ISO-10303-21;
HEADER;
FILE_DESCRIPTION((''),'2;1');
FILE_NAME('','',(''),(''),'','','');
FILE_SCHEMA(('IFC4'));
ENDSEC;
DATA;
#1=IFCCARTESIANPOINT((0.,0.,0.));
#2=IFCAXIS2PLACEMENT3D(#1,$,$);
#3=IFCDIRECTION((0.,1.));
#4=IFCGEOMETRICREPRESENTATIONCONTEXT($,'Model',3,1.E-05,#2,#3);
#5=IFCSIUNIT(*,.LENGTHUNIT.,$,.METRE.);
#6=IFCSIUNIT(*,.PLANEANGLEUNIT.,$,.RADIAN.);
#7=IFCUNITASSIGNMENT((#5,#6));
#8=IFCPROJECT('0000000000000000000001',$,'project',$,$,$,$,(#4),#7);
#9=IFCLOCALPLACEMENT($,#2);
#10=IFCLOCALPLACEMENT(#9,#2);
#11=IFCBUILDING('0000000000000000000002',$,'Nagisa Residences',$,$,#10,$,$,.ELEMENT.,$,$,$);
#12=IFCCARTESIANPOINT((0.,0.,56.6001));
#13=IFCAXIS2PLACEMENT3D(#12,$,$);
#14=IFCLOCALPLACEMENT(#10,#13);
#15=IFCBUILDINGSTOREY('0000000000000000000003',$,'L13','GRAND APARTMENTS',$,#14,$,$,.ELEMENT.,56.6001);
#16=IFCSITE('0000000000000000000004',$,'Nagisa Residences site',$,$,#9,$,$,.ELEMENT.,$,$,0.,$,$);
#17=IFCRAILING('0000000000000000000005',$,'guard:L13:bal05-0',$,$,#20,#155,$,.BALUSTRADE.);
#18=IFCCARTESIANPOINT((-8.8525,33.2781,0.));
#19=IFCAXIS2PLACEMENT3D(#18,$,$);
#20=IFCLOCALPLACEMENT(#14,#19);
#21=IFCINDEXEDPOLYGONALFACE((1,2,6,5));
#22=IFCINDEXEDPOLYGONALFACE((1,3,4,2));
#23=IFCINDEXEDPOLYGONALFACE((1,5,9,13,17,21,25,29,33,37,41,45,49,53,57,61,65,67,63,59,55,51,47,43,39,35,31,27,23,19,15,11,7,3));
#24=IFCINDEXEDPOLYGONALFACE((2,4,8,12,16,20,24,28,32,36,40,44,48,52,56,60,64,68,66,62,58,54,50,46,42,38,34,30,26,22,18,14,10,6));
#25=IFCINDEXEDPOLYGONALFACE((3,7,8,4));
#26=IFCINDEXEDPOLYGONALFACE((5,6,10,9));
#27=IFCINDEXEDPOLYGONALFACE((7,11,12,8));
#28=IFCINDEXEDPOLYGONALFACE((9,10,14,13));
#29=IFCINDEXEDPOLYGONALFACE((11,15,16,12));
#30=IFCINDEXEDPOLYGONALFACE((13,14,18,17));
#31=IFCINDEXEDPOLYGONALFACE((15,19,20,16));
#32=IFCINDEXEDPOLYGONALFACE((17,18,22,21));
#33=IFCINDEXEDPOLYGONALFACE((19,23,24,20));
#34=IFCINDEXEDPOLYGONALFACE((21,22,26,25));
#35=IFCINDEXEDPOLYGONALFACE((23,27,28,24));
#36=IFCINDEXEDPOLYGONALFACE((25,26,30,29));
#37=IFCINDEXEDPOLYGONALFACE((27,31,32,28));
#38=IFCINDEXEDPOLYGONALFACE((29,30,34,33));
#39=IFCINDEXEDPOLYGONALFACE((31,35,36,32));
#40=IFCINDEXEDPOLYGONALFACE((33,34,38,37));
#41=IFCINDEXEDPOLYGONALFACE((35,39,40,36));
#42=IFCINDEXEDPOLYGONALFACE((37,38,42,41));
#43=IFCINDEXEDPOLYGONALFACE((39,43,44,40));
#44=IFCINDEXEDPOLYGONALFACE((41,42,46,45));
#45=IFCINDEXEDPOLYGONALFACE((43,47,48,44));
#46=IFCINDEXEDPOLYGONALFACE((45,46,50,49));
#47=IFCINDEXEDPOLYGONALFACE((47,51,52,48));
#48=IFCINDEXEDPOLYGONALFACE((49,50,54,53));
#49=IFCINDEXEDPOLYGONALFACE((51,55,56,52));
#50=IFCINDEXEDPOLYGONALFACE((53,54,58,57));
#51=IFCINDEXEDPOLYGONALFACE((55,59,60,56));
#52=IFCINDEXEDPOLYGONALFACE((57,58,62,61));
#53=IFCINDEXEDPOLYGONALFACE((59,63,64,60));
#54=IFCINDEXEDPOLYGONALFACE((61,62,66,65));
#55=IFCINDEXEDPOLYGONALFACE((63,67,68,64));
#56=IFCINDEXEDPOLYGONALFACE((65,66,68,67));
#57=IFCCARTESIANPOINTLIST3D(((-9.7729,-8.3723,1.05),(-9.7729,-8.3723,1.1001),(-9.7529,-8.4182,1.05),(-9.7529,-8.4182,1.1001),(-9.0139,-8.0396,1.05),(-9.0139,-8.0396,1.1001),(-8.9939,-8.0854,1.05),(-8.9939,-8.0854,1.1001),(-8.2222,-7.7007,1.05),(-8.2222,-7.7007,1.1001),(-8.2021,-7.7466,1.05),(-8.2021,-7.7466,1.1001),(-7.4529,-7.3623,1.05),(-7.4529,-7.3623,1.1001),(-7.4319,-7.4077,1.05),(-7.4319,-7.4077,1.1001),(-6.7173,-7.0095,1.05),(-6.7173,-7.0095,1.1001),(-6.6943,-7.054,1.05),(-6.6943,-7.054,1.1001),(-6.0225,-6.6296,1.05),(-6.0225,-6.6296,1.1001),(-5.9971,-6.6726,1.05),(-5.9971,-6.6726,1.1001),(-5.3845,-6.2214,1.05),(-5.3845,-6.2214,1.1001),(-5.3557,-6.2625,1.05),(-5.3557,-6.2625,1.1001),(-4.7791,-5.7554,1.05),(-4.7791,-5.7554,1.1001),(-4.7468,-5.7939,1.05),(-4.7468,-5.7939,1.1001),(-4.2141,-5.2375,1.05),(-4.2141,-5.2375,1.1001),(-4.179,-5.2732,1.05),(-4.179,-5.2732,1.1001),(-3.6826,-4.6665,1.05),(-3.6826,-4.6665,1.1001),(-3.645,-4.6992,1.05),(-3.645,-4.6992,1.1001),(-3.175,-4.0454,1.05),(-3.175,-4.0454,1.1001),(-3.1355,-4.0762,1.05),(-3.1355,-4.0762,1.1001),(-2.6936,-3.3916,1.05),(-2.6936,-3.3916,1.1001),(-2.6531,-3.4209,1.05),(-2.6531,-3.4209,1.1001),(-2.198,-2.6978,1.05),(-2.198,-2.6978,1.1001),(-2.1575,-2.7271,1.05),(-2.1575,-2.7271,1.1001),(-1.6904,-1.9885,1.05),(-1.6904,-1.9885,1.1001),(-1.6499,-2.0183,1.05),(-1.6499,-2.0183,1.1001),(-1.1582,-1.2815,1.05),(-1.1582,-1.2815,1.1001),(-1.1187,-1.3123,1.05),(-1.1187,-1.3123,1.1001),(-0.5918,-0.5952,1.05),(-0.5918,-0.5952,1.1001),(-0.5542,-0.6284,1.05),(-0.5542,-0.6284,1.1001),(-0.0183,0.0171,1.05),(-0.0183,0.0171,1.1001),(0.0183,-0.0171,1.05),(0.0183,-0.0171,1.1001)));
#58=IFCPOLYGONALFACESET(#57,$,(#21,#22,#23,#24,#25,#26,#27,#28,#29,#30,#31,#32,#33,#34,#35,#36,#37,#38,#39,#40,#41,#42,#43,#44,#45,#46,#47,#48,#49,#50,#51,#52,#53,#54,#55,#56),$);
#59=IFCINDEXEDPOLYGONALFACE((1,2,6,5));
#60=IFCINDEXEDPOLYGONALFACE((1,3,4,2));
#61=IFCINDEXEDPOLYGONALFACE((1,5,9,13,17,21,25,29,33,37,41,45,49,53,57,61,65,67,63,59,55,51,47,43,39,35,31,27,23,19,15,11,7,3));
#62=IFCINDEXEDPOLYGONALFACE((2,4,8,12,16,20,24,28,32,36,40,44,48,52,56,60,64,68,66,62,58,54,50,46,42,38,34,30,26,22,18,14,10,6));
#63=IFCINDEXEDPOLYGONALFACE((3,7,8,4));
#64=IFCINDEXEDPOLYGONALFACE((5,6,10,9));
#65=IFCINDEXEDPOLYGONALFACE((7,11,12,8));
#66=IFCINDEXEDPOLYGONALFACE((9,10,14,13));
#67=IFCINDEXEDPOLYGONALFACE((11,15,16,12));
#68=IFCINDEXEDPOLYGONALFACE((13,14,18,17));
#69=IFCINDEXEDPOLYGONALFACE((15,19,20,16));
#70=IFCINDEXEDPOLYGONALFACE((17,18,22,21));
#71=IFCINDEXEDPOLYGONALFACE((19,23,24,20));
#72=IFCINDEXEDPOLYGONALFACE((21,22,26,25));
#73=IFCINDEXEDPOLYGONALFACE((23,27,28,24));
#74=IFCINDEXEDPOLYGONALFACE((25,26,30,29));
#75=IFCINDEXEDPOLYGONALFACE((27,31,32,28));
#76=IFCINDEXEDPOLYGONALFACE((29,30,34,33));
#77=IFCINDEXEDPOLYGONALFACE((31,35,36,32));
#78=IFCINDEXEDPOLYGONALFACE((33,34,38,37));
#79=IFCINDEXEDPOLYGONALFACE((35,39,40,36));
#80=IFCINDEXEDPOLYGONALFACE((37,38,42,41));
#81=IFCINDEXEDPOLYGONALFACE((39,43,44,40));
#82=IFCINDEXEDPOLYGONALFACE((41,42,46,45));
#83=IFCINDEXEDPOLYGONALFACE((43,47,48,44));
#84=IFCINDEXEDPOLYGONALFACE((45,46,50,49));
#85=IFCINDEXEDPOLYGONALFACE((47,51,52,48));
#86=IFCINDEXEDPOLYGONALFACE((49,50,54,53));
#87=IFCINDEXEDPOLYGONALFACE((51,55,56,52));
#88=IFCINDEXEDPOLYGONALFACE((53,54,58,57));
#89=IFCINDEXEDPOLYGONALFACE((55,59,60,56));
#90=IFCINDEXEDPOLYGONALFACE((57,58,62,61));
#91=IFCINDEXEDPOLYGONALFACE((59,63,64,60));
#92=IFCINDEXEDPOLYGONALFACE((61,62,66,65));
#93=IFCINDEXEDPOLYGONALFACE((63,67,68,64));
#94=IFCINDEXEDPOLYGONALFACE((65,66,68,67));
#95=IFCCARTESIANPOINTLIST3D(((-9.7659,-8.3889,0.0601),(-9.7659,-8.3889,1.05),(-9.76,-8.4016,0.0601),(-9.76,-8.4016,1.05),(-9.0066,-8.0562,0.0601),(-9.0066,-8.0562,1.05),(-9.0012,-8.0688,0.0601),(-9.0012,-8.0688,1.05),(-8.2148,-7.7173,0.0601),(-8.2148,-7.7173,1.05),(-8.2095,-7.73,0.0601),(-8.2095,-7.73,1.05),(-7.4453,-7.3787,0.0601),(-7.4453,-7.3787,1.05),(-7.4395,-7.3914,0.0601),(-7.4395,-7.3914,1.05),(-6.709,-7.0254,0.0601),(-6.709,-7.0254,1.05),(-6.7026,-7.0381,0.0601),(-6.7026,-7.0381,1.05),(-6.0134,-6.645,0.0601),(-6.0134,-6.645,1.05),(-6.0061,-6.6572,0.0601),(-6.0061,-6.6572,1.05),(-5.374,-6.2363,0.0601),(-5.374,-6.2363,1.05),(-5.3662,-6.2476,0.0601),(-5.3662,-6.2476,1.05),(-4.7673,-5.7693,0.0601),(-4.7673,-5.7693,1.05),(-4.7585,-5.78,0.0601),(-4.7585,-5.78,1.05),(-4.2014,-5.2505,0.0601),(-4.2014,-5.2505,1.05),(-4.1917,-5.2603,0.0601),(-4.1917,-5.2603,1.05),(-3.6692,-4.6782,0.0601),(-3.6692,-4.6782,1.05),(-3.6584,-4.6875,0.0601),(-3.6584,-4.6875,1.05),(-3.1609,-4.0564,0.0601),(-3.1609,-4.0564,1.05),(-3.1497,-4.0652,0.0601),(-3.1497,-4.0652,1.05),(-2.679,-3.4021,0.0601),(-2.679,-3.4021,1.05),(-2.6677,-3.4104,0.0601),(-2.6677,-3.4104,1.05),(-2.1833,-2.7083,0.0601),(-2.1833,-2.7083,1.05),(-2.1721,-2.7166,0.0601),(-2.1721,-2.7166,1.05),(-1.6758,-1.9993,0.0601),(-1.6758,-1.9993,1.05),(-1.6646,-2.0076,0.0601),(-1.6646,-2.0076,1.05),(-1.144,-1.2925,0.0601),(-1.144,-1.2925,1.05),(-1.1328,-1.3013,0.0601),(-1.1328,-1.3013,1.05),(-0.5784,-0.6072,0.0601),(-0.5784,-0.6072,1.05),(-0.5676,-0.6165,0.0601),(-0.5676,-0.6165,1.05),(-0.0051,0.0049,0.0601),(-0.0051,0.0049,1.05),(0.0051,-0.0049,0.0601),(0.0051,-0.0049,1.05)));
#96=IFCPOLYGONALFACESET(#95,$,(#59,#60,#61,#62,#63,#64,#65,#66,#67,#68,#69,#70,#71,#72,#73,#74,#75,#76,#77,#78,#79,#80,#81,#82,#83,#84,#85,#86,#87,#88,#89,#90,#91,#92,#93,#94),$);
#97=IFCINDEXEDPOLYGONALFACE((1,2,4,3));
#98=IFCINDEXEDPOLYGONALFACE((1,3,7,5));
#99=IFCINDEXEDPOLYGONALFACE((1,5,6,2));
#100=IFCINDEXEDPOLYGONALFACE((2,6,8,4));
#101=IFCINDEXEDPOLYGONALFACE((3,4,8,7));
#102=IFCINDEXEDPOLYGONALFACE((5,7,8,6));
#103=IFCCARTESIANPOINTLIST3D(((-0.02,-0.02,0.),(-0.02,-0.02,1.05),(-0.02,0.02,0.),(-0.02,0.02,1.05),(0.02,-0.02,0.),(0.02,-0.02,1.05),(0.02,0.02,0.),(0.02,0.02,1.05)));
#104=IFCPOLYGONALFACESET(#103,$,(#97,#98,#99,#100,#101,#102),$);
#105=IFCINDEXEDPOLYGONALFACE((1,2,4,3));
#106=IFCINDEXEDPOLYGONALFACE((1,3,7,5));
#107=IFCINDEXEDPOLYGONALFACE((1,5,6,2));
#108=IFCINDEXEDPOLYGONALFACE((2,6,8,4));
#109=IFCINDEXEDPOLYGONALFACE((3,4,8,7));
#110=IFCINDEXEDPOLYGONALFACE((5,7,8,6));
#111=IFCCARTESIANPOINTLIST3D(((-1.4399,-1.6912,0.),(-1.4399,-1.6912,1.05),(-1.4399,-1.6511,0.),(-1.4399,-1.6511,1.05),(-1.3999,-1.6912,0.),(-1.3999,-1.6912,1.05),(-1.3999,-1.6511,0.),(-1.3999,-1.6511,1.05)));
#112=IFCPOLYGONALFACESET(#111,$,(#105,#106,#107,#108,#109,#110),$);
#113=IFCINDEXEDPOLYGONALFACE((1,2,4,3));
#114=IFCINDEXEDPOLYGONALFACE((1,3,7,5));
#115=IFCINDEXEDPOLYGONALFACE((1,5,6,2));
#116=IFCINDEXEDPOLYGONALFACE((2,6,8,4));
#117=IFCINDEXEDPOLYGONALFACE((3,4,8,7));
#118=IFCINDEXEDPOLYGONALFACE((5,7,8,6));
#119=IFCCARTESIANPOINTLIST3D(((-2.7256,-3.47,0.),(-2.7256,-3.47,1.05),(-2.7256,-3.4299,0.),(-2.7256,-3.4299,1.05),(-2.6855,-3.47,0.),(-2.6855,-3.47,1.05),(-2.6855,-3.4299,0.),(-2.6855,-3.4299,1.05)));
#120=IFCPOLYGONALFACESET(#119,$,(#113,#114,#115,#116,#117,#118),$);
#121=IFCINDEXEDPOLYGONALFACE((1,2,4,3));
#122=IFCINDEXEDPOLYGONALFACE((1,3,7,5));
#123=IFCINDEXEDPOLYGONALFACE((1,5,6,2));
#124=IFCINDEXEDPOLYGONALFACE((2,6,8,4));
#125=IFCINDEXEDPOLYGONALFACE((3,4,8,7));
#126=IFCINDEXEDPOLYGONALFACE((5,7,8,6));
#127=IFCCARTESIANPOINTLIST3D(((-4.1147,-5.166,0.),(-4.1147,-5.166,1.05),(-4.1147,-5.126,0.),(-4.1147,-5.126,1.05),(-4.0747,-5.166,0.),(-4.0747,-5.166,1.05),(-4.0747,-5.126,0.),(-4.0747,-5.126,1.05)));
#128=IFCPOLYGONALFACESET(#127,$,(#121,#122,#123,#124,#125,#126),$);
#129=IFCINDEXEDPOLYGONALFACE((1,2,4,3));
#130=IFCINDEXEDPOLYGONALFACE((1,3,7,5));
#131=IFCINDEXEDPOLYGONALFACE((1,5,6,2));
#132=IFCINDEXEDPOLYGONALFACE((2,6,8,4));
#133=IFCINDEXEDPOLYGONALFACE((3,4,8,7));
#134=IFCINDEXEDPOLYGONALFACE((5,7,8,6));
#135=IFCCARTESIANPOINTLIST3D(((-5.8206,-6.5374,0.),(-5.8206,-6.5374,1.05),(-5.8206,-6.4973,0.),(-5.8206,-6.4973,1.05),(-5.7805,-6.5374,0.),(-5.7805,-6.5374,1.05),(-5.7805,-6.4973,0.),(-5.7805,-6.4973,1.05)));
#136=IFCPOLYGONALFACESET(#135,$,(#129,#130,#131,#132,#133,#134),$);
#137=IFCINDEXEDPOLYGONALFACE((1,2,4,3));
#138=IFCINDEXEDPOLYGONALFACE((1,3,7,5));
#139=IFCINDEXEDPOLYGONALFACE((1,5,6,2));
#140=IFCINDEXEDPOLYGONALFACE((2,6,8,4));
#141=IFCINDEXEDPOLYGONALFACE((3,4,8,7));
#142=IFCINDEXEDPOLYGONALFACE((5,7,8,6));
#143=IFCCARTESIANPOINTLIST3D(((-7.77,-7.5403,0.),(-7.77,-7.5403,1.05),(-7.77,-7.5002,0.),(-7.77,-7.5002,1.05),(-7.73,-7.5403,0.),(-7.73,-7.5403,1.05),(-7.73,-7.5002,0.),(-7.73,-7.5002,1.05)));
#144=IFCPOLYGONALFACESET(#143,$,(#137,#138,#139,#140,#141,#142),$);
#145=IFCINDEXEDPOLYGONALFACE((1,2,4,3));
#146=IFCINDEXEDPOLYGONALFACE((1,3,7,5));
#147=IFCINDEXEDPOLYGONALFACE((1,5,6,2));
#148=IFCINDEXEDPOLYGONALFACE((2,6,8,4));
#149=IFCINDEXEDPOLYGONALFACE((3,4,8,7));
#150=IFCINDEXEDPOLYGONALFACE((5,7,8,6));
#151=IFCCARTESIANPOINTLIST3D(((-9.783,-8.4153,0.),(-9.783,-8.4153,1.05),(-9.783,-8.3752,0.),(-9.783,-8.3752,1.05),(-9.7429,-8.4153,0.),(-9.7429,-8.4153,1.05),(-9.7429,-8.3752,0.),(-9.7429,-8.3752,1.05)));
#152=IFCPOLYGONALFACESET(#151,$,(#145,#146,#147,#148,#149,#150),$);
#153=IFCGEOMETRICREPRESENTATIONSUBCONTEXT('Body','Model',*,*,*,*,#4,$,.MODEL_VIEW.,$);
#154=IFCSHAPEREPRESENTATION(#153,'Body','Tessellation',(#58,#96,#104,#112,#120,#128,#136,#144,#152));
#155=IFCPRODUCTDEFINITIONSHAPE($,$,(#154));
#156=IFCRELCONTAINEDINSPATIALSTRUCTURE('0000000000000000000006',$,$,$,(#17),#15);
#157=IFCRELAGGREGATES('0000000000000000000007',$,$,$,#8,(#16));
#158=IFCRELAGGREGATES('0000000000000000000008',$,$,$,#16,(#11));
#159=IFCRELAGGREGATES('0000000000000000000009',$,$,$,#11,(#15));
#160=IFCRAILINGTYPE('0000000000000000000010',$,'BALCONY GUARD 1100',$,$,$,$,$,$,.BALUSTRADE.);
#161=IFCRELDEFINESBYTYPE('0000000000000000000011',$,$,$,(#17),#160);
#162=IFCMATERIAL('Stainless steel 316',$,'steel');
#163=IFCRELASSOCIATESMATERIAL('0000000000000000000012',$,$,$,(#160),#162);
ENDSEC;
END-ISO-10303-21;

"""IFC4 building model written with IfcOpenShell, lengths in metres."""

from ifc_helpers import new_model, si_unit, direction, frame, origin, origin_2d, place, context, subcontext, project, spatial, polyline, rectangle, outline, extrude, material, type_object, element, save


model = new_model("IFC4")

# Units and contexts
model_context = context("Model", 3, precision=1e-05, world=origin(), true_north=direction((0.0, 1.0)))
body_context = subcontext(model_context, "Body", "Model", "MODEL_VIEW")
ifc_project = project(units=[si_unit("LENGTHUNIT", "METRE"), si_unit("PLANEANGLEUNIT", "RADIAN")], contexts=[model_context])

# Site, building, storey
site_placement = place(None, origin())
site = spatial("IfcSite", under=ifc_project, at=site_placement, Name="Nagisa Residences site", CompositionType="ELEMENT", RefElevation=0.0)
building_placement = place(site_placement, origin())
building = spatial("IfcBuilding", under=site, at=building_placement, Name="Nagisa Residences", CompositionType="ELEMENT")
storey_placement = place(building_placement, frame((0.0, 0.0, 56.6001)))
storey = spatial("IfcBuildingStorey", under=building, at=storey_placement, Name="L13", Description="GRAND APARTMENTS", CompositionType="ELEMENT", Elevation=56.6001)

# Railing
ifc_material_1 = material(Name="Stainless steel 316", Category="steel")
railing_type = type_object("IfcRailingType", Name="BALCONY GUARD 1100", PredefinedType="BALUSTRADE", material=ifc_material_1)
railing_placement = place(storey_placement, frame((-8.8525, 33.2781, 0.0)))
element("IfcRailing", 1, at=railing_placement, inside=storey, type_object=railing_type, Name="guard:L13:bal05-0", PredefinedType="BALUSTRADE", context=body_context, shape_type="SweptSolid", body=[
    extrude(outline(polyline([(-0.5542, -0.6284), (0.0183, -0.0171), (-0.0183, 0.0171), (-0.5918, -0.5952), (-1.1582, -1.2815), (-1.6904, -1.9885), (-2.198, -2.6978), (-2.6936, -3.3916), (-3.175, -4.0454), (-3.6826, -4.6665), (-4.2141, -5.2375), (-4.7791, -5.7554), (-5.3845, -6.2214), (-6.0225, -6.6296), (-6.7173, -7.0095), (-7.4529, -7.3623), (-8.2222, -7.7007), (-9.0139, -8.0396), (-9.7729, -8.3723), (-9.7529, -8.4182), (-8.9939, -8.0854), (-8.2021, -7.7466), (-7.4319, -7.4077), (-6.6943, -7.054), (-5.9971, -6.6726), (-5.3557, -6.2625), (-4.7468, -5.7939), (-4.179, -5.2732), (-3.645, -4.6992), (-3.1355, -4.0762), (-2.6531, -3.4209), (-2.1575, -2.7271), (-1.6499, -2.0183), (-1.1187, -1.3123), (-0.5542, -0.6284)])), frame((0.0, 0.0, 1.05)), (0.0, 0.0, 1.0), 0.05),
    extrude(outline(polyline([(-0.5676, -0.6165), (0.0051, -0.0049), (-0.0051, 0.0049), (-0.5784, -0.6072), (-1.144, -1.2925), (-1.6758, -1.9993), (-2.1833, -2.7083), (-2.679, -3.4021), (-3.1609, -4.0564), (-3.6692, -4.6782), (-4.2014, -5.2505), (-4.7673, -5.7693), (-5.374, -6.2363), (-6.0134, -6.645), (-6.709, -7.0254), (-7.4453, -7.3787), (-8.2148, -7.7173), (-9.0066, -8.0562), (-9.7659, -8.3889), (-9.76, -8.4016), (-9.0012, -8.0688), (-8.2095, -7.73), (-7.4395, -7.3914), (-6.7026, -7.0381), (-6.0061, -6.6572), (-5.3662, -6.2476), (-4.7585, -5.78), (-4.1917, -5.2603), (-3.6584, -4.6875), (-3.1497, -4.0652), (-2.6677, -3.4104), (-2.1721, -2.7166), (-1.6646, -2.0076), (-1.1328, -1.3013), (-0.5676, -0.6165)])), frame((0.0, 0.0, 0.0601)), (0.0, 0.0, 1.0), 0.99),
    extrude(rectangle(XDim=0.04, YDim=0.04, at=origin_2d()), origin(), (0.0, 0.0, 1.0), 1.05),
    extrude(rectangle(XDim=0.04, YDim=0.04, at=origin_2d()), frame((-1.4199, -1.6711, 0.0)), (0.0, 0.0, 1.0), 1.05),
    extrude(rectangle(XDim=0.04, YDim=0.04, at=origin_2d()), frame((-2.7056, -3.45, 0.0)), (0.0, 0.0, 1.0), 1.05),
    extrude(rectangle(XDim=0.04, YDim=0.04, at=origin_2d()), frame((-4.0947, -5.146, 0.0)), (0.0, 0.0, 1.0), 1.05),
    extrude(rectangle(XDim=0.04, YDim=0.04, at=origin_2d()), frame((-5.8005, -6.5173, 0.0)), (0.0, 0.0, 1.0), 1.05),
    extrude(rectangle(XDim=0.04, YDim=0.04, at=origin_2d()), frame((-7.75, -7.5203, 0.0)), (0.0, 0.0, 1.0), 1.05),
    extrude(rectangle(XDim=0.04, YDim=0.04, at=origin_2d()), frame((-9.7629, -8.3953, 0.0)), (0.0, 0.0, 1.0), 1.05),
])

save(model, "model.ifc")
